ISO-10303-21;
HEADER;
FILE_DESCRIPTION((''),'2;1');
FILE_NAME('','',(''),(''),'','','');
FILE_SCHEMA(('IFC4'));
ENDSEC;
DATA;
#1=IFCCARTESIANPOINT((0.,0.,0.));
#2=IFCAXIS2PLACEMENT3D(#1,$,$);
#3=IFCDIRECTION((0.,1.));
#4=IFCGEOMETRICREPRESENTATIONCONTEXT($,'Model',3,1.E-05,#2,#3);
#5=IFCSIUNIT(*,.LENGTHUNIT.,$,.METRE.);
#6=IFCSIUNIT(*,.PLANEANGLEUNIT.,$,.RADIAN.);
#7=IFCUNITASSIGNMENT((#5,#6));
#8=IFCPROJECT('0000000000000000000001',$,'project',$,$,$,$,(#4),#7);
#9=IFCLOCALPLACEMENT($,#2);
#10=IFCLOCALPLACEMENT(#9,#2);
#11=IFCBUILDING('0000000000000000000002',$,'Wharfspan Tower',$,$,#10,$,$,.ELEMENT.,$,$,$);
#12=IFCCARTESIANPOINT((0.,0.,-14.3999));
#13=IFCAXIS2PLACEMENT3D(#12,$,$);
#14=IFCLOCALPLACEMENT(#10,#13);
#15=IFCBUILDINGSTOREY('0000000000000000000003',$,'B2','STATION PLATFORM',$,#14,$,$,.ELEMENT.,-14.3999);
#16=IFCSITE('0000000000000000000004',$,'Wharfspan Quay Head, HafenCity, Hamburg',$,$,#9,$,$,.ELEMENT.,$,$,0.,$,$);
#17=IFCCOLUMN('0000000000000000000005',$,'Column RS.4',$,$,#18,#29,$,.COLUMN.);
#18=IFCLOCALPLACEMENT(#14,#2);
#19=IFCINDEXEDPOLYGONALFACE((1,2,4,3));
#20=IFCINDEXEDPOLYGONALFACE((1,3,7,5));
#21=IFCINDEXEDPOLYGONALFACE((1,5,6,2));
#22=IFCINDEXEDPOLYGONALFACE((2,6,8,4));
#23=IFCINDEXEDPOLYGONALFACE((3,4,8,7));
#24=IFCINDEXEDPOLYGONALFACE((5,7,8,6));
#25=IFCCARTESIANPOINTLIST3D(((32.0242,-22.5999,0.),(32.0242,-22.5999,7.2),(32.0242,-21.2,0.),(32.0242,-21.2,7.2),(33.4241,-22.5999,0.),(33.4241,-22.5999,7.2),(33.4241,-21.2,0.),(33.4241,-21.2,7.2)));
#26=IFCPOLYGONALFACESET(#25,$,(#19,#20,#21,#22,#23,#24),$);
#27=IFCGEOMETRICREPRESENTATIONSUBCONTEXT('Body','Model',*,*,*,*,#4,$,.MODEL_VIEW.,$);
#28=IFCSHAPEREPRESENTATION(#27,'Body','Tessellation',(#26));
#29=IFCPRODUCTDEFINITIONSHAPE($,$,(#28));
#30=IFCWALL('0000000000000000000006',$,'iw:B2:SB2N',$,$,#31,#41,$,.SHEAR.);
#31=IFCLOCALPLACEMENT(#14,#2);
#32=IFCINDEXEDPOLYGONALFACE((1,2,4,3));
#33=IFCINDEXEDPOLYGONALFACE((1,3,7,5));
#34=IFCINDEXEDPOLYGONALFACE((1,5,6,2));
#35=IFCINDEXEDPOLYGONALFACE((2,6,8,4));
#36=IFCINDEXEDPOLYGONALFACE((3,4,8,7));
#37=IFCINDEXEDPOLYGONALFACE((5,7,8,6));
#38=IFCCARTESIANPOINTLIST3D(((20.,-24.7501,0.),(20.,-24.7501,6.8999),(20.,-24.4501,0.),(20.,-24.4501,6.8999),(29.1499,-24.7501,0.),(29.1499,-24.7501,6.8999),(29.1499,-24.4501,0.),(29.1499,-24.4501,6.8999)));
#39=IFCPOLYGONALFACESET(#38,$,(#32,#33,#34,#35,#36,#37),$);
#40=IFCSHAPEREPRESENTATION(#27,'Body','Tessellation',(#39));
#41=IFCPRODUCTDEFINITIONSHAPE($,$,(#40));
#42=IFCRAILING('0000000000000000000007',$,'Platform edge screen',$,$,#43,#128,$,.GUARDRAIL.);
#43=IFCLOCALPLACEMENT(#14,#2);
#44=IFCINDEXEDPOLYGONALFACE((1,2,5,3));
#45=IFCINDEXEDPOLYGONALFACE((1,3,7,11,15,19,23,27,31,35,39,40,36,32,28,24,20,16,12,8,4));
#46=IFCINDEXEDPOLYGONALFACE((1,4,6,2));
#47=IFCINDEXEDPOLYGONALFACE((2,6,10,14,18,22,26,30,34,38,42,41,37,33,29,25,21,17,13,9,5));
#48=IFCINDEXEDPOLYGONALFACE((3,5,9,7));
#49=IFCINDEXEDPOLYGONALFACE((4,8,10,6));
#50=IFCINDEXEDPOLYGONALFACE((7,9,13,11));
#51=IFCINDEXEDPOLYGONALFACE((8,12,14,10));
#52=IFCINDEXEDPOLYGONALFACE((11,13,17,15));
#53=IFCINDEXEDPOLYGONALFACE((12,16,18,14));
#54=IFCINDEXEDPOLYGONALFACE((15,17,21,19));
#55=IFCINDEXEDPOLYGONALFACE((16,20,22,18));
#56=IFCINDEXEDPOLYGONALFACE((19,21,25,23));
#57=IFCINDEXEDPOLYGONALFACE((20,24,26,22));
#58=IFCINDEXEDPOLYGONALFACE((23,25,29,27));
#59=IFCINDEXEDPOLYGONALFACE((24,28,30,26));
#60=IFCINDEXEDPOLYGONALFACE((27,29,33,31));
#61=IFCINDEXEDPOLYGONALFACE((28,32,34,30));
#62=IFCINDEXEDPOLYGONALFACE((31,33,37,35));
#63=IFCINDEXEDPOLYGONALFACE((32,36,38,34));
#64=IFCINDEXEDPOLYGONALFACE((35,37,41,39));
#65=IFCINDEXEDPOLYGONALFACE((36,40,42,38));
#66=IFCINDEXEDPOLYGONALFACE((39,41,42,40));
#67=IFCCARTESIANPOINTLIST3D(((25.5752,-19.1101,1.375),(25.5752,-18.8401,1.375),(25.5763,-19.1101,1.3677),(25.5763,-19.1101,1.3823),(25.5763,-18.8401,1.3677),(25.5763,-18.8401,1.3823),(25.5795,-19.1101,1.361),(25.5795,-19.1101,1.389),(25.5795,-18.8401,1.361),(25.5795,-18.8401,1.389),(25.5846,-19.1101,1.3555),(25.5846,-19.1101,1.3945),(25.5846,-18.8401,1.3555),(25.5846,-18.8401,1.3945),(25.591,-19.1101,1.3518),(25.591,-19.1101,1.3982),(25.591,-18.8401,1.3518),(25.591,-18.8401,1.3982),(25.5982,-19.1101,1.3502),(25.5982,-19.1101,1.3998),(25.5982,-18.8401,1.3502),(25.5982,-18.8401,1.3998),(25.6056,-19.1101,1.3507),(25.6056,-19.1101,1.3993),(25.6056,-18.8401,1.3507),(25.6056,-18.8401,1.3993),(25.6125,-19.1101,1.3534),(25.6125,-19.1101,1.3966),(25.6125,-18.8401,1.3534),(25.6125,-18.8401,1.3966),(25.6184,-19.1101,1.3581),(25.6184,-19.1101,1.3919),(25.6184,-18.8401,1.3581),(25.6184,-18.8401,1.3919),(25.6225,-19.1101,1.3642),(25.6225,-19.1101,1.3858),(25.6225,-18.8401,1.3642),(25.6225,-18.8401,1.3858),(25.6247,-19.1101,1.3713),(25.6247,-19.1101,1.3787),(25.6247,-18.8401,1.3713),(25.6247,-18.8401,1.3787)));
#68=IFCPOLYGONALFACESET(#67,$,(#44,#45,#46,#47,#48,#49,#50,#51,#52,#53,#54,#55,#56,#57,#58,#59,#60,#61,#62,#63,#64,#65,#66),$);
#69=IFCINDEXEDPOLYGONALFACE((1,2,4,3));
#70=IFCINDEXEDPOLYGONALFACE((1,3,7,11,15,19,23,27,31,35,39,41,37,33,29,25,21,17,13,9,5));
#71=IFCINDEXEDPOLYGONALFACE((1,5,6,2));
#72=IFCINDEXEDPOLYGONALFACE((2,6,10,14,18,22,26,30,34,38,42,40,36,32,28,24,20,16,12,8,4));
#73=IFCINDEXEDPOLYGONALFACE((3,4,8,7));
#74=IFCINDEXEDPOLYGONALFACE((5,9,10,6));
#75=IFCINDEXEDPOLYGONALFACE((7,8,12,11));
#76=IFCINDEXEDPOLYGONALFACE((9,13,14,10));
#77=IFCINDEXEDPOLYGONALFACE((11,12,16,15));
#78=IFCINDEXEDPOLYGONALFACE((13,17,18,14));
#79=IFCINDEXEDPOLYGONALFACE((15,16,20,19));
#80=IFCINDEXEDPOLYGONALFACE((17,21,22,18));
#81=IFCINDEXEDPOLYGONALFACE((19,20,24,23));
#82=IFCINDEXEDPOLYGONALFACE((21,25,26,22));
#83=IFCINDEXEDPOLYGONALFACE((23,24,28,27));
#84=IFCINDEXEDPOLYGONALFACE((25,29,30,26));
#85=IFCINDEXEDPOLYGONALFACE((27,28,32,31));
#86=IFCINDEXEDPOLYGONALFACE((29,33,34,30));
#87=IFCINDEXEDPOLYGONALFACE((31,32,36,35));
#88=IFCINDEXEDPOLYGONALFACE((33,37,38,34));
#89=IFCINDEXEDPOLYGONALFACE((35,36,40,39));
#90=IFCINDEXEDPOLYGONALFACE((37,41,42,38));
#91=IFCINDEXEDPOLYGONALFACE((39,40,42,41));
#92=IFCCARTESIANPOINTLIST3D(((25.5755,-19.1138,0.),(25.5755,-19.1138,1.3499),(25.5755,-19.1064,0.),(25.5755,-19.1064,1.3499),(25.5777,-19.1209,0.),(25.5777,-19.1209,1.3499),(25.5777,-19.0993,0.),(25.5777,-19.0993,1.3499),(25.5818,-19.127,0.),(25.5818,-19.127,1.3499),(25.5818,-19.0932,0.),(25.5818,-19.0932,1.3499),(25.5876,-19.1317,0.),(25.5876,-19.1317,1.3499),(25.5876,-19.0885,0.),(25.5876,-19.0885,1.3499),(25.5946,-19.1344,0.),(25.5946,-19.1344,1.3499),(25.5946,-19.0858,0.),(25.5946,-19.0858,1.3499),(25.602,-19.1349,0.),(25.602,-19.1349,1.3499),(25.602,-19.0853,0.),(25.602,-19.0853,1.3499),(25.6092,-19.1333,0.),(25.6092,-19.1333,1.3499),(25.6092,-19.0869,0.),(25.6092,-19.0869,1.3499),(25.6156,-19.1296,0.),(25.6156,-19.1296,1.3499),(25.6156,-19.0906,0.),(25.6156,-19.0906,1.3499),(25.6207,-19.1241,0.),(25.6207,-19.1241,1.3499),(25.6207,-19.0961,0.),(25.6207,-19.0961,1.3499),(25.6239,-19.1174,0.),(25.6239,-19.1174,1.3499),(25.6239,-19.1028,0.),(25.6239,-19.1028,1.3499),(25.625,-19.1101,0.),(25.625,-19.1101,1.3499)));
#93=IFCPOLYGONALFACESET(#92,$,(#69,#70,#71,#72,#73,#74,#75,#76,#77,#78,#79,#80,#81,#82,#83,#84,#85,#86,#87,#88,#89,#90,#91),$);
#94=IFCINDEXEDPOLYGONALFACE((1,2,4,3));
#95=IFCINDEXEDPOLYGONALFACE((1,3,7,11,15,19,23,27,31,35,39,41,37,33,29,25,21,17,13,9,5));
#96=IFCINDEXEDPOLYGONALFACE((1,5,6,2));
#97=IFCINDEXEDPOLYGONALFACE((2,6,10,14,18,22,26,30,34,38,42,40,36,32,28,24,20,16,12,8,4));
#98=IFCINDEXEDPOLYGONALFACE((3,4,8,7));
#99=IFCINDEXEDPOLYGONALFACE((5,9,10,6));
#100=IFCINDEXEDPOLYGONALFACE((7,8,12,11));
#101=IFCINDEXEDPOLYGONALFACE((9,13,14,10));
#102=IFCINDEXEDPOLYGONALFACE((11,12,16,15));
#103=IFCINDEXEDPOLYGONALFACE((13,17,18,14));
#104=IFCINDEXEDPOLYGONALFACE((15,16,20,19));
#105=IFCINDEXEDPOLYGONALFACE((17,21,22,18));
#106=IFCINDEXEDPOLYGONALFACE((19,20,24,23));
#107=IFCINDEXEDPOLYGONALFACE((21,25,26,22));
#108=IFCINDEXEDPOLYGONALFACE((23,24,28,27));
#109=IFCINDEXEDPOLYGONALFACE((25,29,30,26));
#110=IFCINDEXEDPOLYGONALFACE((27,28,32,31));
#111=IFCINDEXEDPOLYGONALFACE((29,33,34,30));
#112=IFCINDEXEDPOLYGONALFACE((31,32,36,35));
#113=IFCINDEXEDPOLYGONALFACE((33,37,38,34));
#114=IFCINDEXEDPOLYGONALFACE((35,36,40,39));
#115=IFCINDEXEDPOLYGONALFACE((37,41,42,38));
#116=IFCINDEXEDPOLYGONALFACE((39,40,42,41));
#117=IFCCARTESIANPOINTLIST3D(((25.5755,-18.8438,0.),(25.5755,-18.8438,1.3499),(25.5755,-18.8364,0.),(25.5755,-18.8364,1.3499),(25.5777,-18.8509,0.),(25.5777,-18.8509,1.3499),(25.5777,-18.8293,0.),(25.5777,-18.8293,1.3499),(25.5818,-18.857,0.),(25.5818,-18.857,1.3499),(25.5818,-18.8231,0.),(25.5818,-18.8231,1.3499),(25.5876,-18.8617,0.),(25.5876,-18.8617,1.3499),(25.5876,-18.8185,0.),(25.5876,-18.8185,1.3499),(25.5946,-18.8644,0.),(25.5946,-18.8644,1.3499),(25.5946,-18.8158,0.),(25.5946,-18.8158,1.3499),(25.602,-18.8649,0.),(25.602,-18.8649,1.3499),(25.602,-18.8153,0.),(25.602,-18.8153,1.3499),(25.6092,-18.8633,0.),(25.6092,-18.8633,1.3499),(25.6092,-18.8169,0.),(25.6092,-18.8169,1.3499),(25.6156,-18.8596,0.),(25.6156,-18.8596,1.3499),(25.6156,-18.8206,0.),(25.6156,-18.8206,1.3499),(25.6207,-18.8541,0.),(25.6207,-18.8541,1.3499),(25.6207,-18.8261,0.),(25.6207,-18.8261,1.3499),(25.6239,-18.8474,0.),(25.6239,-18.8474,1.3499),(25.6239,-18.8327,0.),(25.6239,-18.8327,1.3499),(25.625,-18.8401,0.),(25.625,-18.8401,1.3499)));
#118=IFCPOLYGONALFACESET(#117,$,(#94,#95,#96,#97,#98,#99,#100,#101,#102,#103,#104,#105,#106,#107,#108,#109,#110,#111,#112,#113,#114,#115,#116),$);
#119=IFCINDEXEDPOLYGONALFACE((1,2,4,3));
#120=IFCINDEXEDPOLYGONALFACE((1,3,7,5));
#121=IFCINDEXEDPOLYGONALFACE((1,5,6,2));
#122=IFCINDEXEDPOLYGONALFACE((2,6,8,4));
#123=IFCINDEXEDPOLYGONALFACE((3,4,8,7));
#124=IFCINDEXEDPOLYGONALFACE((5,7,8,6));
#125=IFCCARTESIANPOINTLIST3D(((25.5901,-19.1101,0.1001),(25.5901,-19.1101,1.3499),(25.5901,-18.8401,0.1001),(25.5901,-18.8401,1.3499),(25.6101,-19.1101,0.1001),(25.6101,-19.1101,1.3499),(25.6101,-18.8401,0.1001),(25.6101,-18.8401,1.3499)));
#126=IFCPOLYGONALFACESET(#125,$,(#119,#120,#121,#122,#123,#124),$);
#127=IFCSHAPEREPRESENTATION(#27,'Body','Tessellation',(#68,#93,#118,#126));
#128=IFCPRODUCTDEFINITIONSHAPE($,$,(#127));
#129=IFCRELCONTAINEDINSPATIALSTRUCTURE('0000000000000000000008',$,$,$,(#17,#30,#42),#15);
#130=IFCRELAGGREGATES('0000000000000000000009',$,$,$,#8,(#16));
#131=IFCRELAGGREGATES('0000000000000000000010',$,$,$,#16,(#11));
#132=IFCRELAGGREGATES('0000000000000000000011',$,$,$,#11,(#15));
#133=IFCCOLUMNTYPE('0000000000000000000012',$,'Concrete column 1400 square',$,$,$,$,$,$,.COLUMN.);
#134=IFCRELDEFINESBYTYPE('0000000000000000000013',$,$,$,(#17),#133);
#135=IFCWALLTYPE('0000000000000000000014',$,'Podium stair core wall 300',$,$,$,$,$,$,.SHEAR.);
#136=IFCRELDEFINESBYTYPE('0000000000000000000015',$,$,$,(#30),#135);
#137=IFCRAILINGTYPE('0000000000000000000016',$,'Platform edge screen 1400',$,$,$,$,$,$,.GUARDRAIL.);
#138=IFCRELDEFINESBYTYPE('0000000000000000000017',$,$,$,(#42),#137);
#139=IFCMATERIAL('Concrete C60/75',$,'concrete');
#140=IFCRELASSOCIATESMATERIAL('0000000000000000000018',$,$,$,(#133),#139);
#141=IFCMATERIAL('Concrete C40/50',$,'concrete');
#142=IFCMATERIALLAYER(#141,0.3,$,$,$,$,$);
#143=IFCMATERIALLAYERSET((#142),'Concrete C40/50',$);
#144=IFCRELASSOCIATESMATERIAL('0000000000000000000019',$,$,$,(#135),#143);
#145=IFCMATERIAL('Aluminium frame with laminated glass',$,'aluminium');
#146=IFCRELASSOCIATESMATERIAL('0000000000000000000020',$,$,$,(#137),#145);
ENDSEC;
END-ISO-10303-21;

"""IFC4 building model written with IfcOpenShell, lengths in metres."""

from ifc_helpers import new_model, si_unit, direction, frame, frame_2d, origin, origin_2d, place, context, subcontext, project, spatial, rectangle, circle, extrude, material, layer, layer_set, material_profile, profile_set, type_object, element, save


model = new_model("IFC4")

# Units and contexts
model_context = context("Model", 3, precision=1e-05, world=origin(), true_north=direction((0.0, 1.0)))
body_context = subcontext(model_context, "Body", "Model", "MODEL_VIEW")
ifc_project = project(units=[si_unit("LENGTHUNIT", "METRE"), si_unit("PLANEANGLEUNIT", "RADIAN")], contexts=[model_context])

# Site, building, storey
site_placement = place(None, origin())
site = spatial("IfcSite", under=ifc_project, at=site_placement, Name="Wharfspan Quay Head, HafenCity, Hamburg", CompositionType="ELEMENT", RefElevation=0.0)
building_placement = place(site_placement, origin())
building = spatial("IfcBuilding", under=site, at=building_placement, Name="Wharfspan Tower", CompositionType="ELEMENT")
storey_placement = place(building_placement, frame((0.0, 0.0, -14.3999)))
storey = spatial("IfcBuildingStorey", under=building, at=storey_placement, Name="B2", Description="STATION PLATFORM", CompositionType="ELEMENT", Elevation=-14.3999)

# Column
ifc_material_1 = material(Name="Concrete C60/75", Category="concrete")
ifc_material_profile_1 = material_profile(ifc_material_1, rectangle(XDim=1.3999, YDim=1.3999, at=origin_2d()))
ifc_profile_set_1 = profile_set([ifc_material_profile_1], Name="Concrete C60/75")
column_type_1 = type_object("IfcColumnType", Name="Concrete column 1400 square", PredefinedType="COLUMN", material=ifc_profile_set_1)
for number, where, z_axis, x_axis, name in (
    (1, (32.7241, -21.8999, 0.0), (0.0, 0.0, 1.0), (1.0, 0.0, 0.0), "Column RS.4"),
):
    element("IfcColumn", number, at=place(storey_placement, frame(where, z_axis=z_axis, x_axis=x_axis)), inside=storey, type_object=column_type_1, Name=name, PredefinedType="COLUMN", context=body_context, shape_type="SweptSolid", body=[
        extrude(rectangle(XDim=1.3999, YDim=1.3999, at=origin_2d()), origin(), (0.0, 0.0, 1.0), 7.2),
    ])

# Wall
ifc_material_2 = material(Name="Concrete C40/50", Category="concrete")
ifc_layer = layer(ifc_material_2, 0.3)
ifc_layer_set = layer_set([ifc_layer], Name="Concrete C40/50")
wall_type = type_object("IfcWallType", Name="Podium stair core wall 300", PredefinedType="SHEAR", material=ifc_layer_set)
wall_placement = place(storey_placement, frame((20.0, -24.6001, 0.0), z_axis=(0.0, 0.0, 1.0), x_axis=(1.0, 0.0, 0.0)))
element("IfcWall", 2, at=wall_placement, inside=storey, type_object=wall_type, Name="iw:B2:SB2N", PredefinedType="SHEAR", context=body_context, shape_type="SweptSolid", body=[
    extrude(rectangle(XDim=9.1499, YDim=0.3, at=frame_2d((4.575, 0.0))), origin(), (0.0, 0.0, 1.0), 6.8999),
])

# Railing
ifc_material_3 = material(Name="Aluminium frame with laminated glass", Category="aluminium")
railing_type_1 = type_object("IfcRailingType", Name="Platform edge screen 1400", PredefinedType="GUARDRAIL", material=ifc_material_3)
railing_1_placement = place(storey_placement, frame((25.6001, -19.1101, 0.0)))
element("IfcRailing", 3, at=railing_1_placement, inside=storey, type_object=railing_type_1, Name="Platform edge screen", PredefinedType="GUARDRAIL", context=body_context, shape_type="SweptSolid", body=[
    extrude(circle(Radius=0.0249, at=origin_2d()), frame((0.0, 0.0, 1.375), z_axis=(0.0, 1.0, 0.0), x_axis=(-1.0, 0.0, 0.0)), (0.0, 0.0, 1.0), 0.27),
    extrude(circle(Radius=0.0249, at=origin_2d()), origin(), (0.0, 0.0, 1.0), 1.3499),
    extrude(circle(Radius=0.0249, at=origin_2d()), frame((0.0, 0.27, 0.0)), (0.0, 0.0, 1.0), 1.3499),
    extrude(rectangle(XDim=0.27, YDim=0.02, at=origin_2d()), frame((0.0, 0.135, 0.1001), z_axis=(0.0, 0.0, 1.0), x_axis=(0.0, 1.0, 0.0)), (0.0, 0.0, 1.0), 1.2498),
])

save(model, "model.ifc")
